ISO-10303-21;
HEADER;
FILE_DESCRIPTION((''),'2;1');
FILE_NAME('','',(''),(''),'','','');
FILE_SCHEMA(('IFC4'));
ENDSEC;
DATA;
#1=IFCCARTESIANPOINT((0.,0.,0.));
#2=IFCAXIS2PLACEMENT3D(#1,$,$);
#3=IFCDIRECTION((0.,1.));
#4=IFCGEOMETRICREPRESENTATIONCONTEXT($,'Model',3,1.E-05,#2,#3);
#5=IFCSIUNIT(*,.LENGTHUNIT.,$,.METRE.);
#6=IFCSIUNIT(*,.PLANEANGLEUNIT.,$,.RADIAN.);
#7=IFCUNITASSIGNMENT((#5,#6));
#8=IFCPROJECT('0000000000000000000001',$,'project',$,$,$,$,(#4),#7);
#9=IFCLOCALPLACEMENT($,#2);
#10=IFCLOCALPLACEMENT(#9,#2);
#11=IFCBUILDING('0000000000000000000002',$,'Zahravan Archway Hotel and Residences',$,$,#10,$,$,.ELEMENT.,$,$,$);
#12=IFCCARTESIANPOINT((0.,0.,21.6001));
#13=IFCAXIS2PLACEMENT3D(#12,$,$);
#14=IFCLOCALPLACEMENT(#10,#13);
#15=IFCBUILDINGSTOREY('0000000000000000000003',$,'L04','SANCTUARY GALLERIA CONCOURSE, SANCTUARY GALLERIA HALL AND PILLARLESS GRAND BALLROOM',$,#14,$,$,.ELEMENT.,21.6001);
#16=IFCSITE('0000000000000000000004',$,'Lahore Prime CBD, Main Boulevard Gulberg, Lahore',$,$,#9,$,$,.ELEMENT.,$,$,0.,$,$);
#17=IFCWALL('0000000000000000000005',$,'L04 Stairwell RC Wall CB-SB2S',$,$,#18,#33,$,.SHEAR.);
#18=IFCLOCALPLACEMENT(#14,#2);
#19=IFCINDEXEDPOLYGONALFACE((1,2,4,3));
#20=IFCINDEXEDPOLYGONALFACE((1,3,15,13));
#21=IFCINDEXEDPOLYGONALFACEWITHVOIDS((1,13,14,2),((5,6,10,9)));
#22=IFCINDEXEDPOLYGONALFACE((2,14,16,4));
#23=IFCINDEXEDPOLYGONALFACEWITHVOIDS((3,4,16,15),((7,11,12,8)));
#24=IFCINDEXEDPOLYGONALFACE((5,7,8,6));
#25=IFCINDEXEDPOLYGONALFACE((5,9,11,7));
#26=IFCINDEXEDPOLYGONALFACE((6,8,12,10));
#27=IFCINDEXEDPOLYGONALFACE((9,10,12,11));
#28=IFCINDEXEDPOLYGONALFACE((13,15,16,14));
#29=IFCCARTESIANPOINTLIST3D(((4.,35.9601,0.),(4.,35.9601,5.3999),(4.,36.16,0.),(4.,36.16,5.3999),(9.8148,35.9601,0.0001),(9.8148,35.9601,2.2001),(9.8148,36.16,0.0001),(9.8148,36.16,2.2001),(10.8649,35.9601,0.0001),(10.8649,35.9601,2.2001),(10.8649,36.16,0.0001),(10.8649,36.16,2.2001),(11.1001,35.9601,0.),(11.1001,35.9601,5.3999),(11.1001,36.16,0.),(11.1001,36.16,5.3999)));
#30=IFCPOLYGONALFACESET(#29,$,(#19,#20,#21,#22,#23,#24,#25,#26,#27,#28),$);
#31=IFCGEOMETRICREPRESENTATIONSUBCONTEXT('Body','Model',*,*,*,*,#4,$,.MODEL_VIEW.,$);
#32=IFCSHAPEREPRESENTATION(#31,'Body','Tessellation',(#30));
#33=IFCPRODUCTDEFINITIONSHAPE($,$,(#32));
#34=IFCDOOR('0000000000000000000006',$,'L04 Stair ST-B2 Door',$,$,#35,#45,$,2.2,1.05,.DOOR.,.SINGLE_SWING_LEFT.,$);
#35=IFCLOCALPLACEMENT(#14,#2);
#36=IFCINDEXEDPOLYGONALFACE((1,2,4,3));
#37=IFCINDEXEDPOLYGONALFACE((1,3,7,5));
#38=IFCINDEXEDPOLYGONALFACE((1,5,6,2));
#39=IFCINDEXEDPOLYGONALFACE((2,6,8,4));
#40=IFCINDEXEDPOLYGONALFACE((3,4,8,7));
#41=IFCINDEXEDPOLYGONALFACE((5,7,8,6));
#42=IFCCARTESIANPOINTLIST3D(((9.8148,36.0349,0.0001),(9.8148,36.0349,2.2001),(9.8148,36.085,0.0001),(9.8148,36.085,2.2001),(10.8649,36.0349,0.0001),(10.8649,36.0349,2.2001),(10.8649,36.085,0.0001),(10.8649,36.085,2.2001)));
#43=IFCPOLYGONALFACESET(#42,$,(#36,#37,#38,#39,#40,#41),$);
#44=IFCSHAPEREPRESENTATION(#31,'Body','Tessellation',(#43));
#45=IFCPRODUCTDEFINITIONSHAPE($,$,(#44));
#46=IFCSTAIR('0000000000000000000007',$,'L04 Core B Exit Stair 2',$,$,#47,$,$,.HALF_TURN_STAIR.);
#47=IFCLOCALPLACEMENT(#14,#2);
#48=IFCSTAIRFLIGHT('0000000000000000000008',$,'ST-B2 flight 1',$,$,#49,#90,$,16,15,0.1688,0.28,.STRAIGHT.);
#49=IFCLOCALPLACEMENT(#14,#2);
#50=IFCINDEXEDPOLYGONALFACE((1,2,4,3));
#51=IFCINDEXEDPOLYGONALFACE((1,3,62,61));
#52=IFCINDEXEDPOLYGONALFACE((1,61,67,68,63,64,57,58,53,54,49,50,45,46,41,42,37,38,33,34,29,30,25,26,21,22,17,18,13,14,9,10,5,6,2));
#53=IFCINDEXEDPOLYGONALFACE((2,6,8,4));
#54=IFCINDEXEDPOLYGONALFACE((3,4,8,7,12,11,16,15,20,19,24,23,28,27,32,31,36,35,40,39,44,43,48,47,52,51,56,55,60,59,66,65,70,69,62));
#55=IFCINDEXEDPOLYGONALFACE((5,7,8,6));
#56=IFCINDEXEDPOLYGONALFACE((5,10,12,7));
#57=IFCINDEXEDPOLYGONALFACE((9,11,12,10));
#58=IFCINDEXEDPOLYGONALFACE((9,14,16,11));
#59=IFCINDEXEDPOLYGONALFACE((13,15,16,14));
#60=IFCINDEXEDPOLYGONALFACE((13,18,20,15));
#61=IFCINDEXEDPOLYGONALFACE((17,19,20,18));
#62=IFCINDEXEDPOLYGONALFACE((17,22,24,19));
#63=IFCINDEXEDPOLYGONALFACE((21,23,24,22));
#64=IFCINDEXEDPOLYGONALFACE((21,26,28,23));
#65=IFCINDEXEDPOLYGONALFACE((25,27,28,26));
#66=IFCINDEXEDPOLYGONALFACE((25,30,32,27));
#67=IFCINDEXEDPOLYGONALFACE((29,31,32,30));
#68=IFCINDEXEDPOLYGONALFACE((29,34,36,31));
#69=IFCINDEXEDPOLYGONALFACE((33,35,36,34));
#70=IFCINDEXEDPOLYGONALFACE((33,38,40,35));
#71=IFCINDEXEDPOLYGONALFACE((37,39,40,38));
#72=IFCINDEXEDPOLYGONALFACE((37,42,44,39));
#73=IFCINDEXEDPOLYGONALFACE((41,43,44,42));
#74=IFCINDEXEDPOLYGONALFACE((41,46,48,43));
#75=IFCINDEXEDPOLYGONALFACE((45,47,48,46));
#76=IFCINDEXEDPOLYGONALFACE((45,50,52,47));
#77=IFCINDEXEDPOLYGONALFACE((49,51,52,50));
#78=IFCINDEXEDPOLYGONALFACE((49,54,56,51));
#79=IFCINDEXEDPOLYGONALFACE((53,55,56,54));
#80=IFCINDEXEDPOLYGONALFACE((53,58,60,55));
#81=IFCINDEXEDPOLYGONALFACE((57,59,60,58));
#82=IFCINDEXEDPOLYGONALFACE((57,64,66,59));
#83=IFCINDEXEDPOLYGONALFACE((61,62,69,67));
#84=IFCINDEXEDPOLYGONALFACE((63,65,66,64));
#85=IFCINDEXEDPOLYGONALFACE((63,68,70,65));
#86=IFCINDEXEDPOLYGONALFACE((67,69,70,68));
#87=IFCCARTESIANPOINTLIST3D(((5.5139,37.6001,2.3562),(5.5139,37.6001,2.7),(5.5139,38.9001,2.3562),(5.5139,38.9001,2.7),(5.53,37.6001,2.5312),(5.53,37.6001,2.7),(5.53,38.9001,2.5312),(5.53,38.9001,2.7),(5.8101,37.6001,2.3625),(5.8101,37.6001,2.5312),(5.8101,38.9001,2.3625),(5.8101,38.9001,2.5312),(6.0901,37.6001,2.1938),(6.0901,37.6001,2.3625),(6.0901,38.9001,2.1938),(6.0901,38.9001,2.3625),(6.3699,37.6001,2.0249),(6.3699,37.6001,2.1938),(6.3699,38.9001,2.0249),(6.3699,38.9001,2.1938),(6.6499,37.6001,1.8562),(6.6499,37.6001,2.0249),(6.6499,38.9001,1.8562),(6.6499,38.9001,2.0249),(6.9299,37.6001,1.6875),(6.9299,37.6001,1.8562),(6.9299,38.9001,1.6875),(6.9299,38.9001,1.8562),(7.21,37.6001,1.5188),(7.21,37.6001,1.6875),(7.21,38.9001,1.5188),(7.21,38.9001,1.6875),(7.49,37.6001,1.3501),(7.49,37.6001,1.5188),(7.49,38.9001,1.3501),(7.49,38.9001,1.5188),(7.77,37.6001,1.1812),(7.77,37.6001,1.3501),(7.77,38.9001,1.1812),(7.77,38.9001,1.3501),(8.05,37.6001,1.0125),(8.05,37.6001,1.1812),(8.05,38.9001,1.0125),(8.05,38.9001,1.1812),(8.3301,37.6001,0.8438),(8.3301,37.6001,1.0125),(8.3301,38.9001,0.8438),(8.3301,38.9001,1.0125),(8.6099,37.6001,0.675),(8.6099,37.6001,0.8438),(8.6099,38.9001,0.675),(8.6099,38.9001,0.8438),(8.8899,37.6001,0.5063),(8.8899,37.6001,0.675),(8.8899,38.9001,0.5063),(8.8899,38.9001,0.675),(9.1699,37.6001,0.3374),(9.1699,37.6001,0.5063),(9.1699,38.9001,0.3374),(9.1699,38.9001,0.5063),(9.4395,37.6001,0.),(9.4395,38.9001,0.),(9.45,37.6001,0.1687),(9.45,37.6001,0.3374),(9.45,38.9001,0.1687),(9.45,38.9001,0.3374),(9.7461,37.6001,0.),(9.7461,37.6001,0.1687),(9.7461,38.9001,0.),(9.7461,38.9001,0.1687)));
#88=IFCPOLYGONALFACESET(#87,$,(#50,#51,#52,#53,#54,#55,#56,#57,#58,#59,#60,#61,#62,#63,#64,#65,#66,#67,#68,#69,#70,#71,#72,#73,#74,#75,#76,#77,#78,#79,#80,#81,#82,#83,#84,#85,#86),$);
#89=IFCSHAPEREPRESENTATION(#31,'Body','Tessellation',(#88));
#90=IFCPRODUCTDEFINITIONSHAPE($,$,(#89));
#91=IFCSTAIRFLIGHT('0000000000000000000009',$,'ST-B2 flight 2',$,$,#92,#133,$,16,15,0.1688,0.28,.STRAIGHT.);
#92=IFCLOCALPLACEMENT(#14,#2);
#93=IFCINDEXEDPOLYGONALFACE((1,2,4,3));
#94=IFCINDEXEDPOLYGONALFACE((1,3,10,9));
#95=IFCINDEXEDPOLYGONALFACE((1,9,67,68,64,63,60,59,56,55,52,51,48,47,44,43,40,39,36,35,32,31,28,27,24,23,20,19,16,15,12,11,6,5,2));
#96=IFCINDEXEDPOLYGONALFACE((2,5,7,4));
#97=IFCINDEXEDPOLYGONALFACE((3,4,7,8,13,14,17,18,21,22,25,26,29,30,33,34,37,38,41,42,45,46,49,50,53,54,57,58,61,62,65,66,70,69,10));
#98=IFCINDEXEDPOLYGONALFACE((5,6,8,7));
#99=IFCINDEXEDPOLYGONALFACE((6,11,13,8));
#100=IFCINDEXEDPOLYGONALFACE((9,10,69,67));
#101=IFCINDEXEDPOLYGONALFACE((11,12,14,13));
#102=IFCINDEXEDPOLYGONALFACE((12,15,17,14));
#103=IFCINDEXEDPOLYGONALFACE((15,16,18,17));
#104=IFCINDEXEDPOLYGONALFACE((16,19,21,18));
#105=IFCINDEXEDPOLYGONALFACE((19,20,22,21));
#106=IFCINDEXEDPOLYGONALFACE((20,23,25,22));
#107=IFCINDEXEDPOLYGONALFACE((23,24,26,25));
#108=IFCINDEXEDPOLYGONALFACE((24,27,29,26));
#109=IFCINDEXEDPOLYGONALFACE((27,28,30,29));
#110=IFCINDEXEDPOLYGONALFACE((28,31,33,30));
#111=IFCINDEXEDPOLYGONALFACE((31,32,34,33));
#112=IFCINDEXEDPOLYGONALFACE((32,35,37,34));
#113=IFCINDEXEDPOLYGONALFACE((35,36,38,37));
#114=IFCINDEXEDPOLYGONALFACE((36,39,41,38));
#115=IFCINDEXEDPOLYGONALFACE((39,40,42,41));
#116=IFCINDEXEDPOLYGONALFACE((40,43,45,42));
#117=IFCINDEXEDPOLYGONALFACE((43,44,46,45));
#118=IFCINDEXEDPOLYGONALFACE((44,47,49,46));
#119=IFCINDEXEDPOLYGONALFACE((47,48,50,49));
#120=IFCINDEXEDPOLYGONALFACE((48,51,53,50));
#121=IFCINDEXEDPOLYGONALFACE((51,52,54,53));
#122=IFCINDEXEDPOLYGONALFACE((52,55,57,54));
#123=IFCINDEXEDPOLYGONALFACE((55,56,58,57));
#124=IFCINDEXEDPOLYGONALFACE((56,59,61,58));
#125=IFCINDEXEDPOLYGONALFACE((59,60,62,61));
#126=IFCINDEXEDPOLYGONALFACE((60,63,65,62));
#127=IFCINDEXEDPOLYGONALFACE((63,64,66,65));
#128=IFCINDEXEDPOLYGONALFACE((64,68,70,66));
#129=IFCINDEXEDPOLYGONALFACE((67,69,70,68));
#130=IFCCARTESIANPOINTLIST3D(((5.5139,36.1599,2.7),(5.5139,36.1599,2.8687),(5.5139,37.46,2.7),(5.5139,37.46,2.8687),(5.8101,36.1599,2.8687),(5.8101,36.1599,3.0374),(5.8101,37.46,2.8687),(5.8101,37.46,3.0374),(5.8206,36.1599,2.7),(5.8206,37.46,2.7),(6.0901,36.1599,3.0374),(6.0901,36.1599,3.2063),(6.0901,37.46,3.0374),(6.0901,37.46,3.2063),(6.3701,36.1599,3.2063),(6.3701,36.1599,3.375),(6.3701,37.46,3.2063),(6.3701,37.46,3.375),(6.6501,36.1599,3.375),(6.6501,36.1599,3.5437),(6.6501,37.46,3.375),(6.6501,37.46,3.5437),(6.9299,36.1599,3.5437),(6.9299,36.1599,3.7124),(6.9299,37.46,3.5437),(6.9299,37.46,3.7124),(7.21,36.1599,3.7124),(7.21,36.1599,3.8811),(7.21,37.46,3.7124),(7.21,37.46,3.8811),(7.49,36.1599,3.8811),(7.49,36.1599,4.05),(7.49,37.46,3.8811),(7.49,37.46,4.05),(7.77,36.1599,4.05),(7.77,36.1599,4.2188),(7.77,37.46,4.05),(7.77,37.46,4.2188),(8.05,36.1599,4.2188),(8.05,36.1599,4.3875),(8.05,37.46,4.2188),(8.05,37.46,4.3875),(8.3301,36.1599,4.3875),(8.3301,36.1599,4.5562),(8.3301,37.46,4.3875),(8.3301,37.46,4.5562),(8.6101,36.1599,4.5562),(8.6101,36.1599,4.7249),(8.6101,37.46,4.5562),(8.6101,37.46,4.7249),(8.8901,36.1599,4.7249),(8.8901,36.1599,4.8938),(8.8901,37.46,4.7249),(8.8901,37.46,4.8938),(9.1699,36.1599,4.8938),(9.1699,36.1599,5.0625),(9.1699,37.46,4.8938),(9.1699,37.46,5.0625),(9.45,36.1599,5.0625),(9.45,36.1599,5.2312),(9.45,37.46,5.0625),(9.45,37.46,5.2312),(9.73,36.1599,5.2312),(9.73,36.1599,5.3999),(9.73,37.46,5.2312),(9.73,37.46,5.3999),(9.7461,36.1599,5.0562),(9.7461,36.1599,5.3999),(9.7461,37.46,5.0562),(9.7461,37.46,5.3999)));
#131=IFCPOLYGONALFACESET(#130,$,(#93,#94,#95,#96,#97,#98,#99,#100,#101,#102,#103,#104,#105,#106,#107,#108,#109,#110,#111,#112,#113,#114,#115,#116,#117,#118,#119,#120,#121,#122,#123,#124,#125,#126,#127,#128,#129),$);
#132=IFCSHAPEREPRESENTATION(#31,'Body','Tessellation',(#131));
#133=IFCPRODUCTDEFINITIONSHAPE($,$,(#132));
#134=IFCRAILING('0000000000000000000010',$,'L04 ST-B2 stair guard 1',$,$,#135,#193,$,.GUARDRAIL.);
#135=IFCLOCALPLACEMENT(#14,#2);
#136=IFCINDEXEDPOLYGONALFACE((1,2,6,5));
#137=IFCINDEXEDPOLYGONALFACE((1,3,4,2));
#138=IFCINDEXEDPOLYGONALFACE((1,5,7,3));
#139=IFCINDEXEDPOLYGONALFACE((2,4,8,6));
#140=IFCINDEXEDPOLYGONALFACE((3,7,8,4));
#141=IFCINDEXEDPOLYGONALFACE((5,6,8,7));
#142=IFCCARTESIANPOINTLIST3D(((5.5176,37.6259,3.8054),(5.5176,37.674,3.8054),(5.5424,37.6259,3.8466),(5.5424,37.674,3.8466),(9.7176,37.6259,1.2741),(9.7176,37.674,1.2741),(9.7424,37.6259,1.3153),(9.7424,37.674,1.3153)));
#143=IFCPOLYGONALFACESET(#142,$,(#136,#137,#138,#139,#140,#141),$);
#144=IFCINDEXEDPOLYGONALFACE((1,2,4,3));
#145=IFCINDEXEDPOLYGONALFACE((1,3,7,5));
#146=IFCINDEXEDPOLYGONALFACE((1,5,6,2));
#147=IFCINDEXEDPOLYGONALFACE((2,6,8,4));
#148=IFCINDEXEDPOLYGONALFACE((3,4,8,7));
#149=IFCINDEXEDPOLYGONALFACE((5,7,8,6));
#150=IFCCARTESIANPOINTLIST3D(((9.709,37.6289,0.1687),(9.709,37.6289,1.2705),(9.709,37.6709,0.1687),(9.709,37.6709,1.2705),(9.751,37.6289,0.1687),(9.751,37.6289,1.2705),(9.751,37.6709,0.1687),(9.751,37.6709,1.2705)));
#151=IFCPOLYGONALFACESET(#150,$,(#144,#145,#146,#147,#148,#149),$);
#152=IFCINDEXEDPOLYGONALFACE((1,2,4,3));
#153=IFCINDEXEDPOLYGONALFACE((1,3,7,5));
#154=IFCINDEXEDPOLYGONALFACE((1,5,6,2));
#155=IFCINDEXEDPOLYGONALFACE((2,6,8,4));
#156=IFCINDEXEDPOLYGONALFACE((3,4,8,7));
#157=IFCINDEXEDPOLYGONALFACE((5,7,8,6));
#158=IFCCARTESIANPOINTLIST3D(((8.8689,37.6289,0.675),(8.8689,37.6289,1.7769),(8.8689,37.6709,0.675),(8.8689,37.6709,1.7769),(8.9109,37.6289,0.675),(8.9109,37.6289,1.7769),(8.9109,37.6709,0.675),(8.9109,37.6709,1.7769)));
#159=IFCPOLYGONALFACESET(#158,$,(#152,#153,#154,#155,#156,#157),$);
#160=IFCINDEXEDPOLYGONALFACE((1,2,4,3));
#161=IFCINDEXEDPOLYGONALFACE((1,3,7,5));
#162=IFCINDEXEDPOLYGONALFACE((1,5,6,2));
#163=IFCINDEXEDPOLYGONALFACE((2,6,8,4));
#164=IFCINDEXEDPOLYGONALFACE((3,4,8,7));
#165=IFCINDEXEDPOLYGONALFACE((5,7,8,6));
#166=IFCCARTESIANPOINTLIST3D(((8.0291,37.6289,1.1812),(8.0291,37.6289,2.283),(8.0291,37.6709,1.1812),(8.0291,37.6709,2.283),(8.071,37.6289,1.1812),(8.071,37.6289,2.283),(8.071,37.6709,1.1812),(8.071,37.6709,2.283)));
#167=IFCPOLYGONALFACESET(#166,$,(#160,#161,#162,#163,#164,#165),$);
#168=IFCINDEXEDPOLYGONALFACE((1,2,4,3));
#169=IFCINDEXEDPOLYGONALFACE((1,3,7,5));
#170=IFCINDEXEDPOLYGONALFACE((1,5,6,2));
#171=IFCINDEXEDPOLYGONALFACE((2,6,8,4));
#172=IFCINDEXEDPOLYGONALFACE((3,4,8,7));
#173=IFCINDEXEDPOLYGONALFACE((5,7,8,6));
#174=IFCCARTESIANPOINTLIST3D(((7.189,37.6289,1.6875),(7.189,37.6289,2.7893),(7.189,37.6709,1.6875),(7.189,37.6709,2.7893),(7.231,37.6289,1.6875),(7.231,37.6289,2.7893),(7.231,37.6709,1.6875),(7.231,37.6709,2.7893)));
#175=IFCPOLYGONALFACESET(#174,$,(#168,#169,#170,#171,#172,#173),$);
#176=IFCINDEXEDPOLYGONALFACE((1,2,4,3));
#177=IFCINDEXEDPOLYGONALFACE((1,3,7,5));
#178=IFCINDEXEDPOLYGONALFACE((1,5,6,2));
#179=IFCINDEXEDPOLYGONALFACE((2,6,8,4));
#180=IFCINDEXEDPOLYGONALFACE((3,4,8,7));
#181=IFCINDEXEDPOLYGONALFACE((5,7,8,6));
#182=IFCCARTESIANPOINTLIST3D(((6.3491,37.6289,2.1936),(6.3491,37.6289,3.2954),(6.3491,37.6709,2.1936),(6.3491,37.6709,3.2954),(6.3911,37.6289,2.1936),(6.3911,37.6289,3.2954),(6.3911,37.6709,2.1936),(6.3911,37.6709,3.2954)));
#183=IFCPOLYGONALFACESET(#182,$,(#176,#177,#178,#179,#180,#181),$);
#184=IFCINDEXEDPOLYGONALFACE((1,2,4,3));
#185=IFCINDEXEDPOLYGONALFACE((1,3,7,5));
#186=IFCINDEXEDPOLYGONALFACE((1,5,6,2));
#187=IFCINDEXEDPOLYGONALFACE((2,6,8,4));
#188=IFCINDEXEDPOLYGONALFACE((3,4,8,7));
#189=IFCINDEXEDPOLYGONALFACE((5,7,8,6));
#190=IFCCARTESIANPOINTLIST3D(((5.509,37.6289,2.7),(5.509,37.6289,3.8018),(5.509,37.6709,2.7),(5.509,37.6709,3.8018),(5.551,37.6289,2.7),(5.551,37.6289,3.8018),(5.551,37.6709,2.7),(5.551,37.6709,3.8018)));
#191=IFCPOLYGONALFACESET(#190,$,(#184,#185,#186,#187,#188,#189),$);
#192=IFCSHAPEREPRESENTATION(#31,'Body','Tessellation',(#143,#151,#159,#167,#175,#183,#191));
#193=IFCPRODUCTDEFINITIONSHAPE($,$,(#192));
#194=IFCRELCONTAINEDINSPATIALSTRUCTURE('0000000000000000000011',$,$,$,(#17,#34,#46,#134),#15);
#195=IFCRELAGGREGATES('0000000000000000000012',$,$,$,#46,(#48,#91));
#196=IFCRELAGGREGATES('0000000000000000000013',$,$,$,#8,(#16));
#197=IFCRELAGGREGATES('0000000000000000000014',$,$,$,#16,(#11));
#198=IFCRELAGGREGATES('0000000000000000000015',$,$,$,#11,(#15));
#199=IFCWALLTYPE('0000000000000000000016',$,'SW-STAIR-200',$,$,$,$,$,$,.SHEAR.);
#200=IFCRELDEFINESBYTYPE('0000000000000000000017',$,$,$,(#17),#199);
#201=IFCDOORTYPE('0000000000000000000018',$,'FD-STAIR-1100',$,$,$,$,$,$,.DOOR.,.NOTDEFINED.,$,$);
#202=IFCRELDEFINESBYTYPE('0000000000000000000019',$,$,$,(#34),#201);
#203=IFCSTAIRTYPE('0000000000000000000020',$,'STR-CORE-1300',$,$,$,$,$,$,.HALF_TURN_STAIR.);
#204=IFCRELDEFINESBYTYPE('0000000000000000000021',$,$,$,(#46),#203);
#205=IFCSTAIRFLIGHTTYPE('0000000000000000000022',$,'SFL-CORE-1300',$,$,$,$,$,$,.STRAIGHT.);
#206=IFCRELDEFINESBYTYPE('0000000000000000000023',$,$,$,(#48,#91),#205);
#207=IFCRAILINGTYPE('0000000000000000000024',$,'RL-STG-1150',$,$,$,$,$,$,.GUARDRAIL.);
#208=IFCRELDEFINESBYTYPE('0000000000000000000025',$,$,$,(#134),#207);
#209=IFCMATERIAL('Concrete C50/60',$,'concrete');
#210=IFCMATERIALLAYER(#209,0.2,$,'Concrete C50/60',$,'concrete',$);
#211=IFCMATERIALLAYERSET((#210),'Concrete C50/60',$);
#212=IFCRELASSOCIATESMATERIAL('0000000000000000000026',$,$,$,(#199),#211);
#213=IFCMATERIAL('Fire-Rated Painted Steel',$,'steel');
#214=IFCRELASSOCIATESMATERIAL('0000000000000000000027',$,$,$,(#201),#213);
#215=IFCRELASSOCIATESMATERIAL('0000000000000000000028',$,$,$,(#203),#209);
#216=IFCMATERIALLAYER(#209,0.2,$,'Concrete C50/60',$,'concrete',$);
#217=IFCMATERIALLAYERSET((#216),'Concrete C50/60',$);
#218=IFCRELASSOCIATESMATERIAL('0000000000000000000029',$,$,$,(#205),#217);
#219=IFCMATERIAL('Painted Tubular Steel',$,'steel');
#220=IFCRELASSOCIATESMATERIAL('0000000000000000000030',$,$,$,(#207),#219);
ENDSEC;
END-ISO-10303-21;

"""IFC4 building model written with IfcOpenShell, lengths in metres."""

from ifc_helpers import new_model, si_unit, direction, frame, frame_2d, origin, origin_2d, place, context, subcontext, project, spatial, polyline, rectangle, outline, extrude, source, transform, mapped, material, layer, layer_set, type_object, type_shapes, element, fill, aggregate, save


model = new_model("IFC4")

# Units and contexts
model_context = context("Model", 3, precision=1e-05, world=origin(), true_north=direction((0.0, 1.0)))
body_context = subcontext(model_context, "Body", "Model", "MODEL_VIEW")
ifc_project = project(units=[si_unit("LENGTHUNIT", "METRE"), si_unit("PLANEANGLEUNIT", "RADIAN")], contexts=[model_context])

# Site, building, storey
site_placement = place(None, origin())
site = spatial("IfcSite", under=ifc_project, at=site_placement, Name="Lahore Prime CBD, Main Boulevard Gulberg, Lahore", CompositionType="ELEMENT", RefElevation=0.0)
building_placement = place(site_placement, origin())
building = spatial("IfcBuilding", under=site, at=building_placement, Name="Zahravan Archway Hotel and Residences", CompositionType="ELEMENT")
storey_placement = place(building_placement, frame((0.0, 0.0, 21.6001)))
storey = spatial("IfcBuildingStorey", under=building, at=storey_placement, Name="L04", Description="SANCTUARY GALLERIA CONCOURSE, SANCTUARY GALLERIA HALL AND PILLARLESS GRAND BALLROOM", CompositionType="ELEMENT", Elevation=21.6001)

# Shared definitions
ifc_material_1 = material(Name="Concrete C50/60", Category="concrete")
ifc_layer_1 = layer(ifc_material_1, 0.2, Name="Concrete C50/60", Category="concrete")
ifc_layer_set_1 = layer_set([ifc_layer_1], Name="Concrete C50/60")
wall_type_1 = type_object("IfcWallType", Name="SW-STAIR-200", PredefinedType="SHEAR", material=ifc_layer_set_1)

# Wall, opening, door
wall_1_placement = place(storey_placement, frame((4.0, 36.0601, 0.0), z_axis=(0.0, 0.0, 1.0), x_axis=(1.0, 0.0, 0.0)))
wall_1 = element("IfcWall", 1, at=wall_1_placement, inside=storey, type_object=wall_type_1, Name="L04 Stairwell RC Wall CB-SB2S", PredefinedType="SHEAR", context=body_context, shape_type="SweptSolid", body=[
    extrude(rectangle(XDim=7.1001, YDim=0.2, at=frame_2d((3.55, 0.0))), origin(), (0.0, 0.0, 1.0), 5.3999),
])
opening_1_placement = place(wall_1_placement, frame((5.8149, 0.0, 0.0)))
opening_1 = element("IfcOpeningElement", 2, at=opening_1_placement, cuts=wall_1, PredefinedType="OPENING", context=body_context, shape_type="SweptSolid", body=[
    extrude(rectangle(XDim=1.05, YDim=2.2, at=frame_2d((0.5249, 1.1001))), frame((0.0, 0.1099, 0.0), z_axis=(0.0, -1.0, 0.0), x_axis=(1.0, 0.0, 0.0)), (0.0, 0.0, 1.0), 0.22),
])
ifc_material_2 = material(Name="Fire-Rated Painted Steel", Category="steel")
door_type = type_object("IfcDoorType", Name="FD-STAIR-1100", OperationType="NOTDEFINED", PredefinedType="DOOR", material=ifc_material_2)
shared_shape_1 = source(origin(), body_context, "Body", "SweptSolid", [
    extrude(rectangle(XDim=1.05, YDim=2.2, at=frame_2d((0.5249, 1.1001))), frame((0.0, 0.0249, 0.0), z_axis=(0.0, -1.0, 0.0), x_axis=(1.0, 0.0, 0.0)), (0.0, 0.0, 1.0), 0.05),
])
type_shapes(door_type, [shared_shape_1])
door_placement = place(opening_1_placement, origin())
door = element("IfcDoor", 3, at=door_placement, inside=storey, type_object=door_type, Name="L04 Stair ST-B2 Door", OperationType="SINGLE_SWING_LEFT", OverallHeight=2.2, OverallWidth=1.05, PredefinedType="DOOR", context=body_context, shape_type="MappedRepresentation", body=[
    mapped(shared_shape_1, transform((0.0, 0.0, 0.0), scale=1.0)),
])
fill(opening_1, door)

# Stair, stair flights
stair_type = type_object("IfcStairType", Name="STR-CORE-1300", PredefinedType="HALF_TURN_STAIR", material=ifc_material_1)
stair_placement = place(storey_placement, origin())
stair = element("IfcStair", 4, at=stair_placement, inside=storey, type_object=stair_type, Name="L04 Core B Exit Stair 2", PredefinedType="HALF_TURN_STAIR")
ifc_layer_2 = layer(ifc_material_1, 0.2, Name="Concrete C50/60", Category="concrete")
ifc_layer_set_2 = layer_set([ifc_layer_2], Name="Concrete C50/60")
stair_flight_type = type_object("IfcStairFlightType", Name="SFL-CORE-1300", PredefinedType="STRAIGHT", material=ifc_layer_set_2)
shared_shape_2 = source(origin(), body_context, "Body", "SweptSolid", [
    extrude(outline(polyline([(-0.0161, 0.0), (-0.0161, 0.1687), (0.28, 0.1687), (0.28, 0.3374), (0.5601, 0.3374), (0.5601, 0.5063), (0.8401, 0.5063), (0.8401, 0.675), (1.1201, 0.675), (1.1201, 0.8438), (1.3999, 0.8438), (1.3999, 1.0125), (1.6799, 1.0125), (1.6799, 1.1812), (1.96, 1.1812), (1.96, 1.3501), (2.24, 1.3501), (2.24, 1.5188), (2.52, 1.5188), (2.52, 1.6875), (2.8, 1.6875), (2.8, 1.8562), (3.0801, 1.8562), (3.0801, 2.0249), (3.3601, 2.0249), (3.3601, 2.1938), (3.6399, 2.1938), (3.6399, 2.3625), (3.9199, 2.3625), (3.9199, 2.5312), (4.2, 2.5312), (4.2, 2.7), (4.2161, 2.7), (4.2161, 2.3562), (0.2905, 0.0), (-0.0161, 0.0)])), frame((0.0, 0.6499, 0.0), z_axis=(0.0, -1.0, 0.0), x_axis=(1.0, 0.0, 0.0)), (0.0, 0.0, 1.0), 1.3),
])
stair_flight_1_placement = place(storey_placement, frame((9.73, 38.25, 0.0), z_axis=(0.0, 0.0, 1.0), x_axis=(-1.0, 0.0, 0.0)))
stair_flight_1 = element("IfcStairFlight", 5, at=stair_flight_1_placement, type_object=stair_flight_type, Name="ST-B2 flight 1", NumberOfRisers=16, NumberOfTreads=15, PredefinedType="STRAIGHT", RiserHeight=0.1688, TreadLength=0.28, context=body_context, shape_type="MappedRepresentation", body=[
    mapped(shared_shape_2, transform((0.0, 0.0, 0.0), scale=1.0)),
])
stair_flight_2_placement = place(storey_placement, frame((5.53, 36.8101, 2.7), z_axis=(0.0, 0.0, 1.0), x_axis=(1.0, 0.0, 0.0)))
stair_flight_2 = element("IfcStairFlight", 6, at=stair_flight_2_placement, type_object=stair_flight_type, Name="ST-B2 flight 2", NumberOfRisers=16, NumberOfTreads=15, PredefinedType="STRAIGHT", RiserHeight=0.1688, TreadLength=0.28, context=body_context, shape_type="MappedRepresentation", body=[
    mapped(shared_shape_2, transform((0.0, 0.0, 0.0), scale=1.0)),
])
aggregate(stair, [stair_flight_1, stair_flight_2])

# Railing
ifc_material_3 = material(Name="Painted Tubular Steel", Category="steel")
railing_type_1 = type_object("IfcRailingType", Name="RL-STG-1150", PredefinedType="GUARDRAIL", material=ifc_material_3)
railing_1_placement = place(storey_placement, frame((9.73, 37.6499, 0.1687)))
element("IfcRailing", 7, at=railing_1_placement, inside=storey, type_object=railing_type_1, Name="L04 ST-B2 stair guard 1", PredefinedType="GUARDRAIL", context=body_context, shape_type="SweptSolid", body=[
    extrude(rectangle(XDim=0.0481, YDim=0.0481, at=origin_2d()), frame((0.0, 0.0, 1.126), z_axis=(-0.856476, 0.0, 0.516186), x_axis=(0.0, -1.0, 0.0)), (0.0, 0.0, 1.0), 4.9038),
    extrude(rectangle(XDim=0.042, YDim=0.042, at=origin_2d()), origin(), (0.0, 0.0, 1.0), 1.1018),
    extrude(rectangle(XDim=0.042, YDim=0.042, at=origin_2d()), frame((-0.8401, 0.0, 0.5063)), (0.0, 0.0, 1.0), 1.1018),
    extrude(rectangle(XDim=0.042, YDim=0.042, at=origin_2d()), frame((-1.6799, 0.0, 1.0125)), (0.0, 0.0, 1.0), 1.1018),
    extrude(rectangle(XDim=0.042, YDim=0.042, at=origin_2d()), frame((-2.52, 0.0, 1.5188)), (0.0, 0.0, 1.0), 1.1018),
    extrude(rectangle(XDim=0.042, YDim=0.042, at=origin_2d()), frame((-3.3599, 0.0, 2.0249)), (0.0, 0.0, 1.0), 1.1018),
    extrude(rectangle(XDim=0.042, YDim=0.042, at=origin_2d()), frame((-4.2, 0.0, 2.5312)), (0.0, 0.0, 1.0), 1.1018),
])

save(model, "model.ifc")
